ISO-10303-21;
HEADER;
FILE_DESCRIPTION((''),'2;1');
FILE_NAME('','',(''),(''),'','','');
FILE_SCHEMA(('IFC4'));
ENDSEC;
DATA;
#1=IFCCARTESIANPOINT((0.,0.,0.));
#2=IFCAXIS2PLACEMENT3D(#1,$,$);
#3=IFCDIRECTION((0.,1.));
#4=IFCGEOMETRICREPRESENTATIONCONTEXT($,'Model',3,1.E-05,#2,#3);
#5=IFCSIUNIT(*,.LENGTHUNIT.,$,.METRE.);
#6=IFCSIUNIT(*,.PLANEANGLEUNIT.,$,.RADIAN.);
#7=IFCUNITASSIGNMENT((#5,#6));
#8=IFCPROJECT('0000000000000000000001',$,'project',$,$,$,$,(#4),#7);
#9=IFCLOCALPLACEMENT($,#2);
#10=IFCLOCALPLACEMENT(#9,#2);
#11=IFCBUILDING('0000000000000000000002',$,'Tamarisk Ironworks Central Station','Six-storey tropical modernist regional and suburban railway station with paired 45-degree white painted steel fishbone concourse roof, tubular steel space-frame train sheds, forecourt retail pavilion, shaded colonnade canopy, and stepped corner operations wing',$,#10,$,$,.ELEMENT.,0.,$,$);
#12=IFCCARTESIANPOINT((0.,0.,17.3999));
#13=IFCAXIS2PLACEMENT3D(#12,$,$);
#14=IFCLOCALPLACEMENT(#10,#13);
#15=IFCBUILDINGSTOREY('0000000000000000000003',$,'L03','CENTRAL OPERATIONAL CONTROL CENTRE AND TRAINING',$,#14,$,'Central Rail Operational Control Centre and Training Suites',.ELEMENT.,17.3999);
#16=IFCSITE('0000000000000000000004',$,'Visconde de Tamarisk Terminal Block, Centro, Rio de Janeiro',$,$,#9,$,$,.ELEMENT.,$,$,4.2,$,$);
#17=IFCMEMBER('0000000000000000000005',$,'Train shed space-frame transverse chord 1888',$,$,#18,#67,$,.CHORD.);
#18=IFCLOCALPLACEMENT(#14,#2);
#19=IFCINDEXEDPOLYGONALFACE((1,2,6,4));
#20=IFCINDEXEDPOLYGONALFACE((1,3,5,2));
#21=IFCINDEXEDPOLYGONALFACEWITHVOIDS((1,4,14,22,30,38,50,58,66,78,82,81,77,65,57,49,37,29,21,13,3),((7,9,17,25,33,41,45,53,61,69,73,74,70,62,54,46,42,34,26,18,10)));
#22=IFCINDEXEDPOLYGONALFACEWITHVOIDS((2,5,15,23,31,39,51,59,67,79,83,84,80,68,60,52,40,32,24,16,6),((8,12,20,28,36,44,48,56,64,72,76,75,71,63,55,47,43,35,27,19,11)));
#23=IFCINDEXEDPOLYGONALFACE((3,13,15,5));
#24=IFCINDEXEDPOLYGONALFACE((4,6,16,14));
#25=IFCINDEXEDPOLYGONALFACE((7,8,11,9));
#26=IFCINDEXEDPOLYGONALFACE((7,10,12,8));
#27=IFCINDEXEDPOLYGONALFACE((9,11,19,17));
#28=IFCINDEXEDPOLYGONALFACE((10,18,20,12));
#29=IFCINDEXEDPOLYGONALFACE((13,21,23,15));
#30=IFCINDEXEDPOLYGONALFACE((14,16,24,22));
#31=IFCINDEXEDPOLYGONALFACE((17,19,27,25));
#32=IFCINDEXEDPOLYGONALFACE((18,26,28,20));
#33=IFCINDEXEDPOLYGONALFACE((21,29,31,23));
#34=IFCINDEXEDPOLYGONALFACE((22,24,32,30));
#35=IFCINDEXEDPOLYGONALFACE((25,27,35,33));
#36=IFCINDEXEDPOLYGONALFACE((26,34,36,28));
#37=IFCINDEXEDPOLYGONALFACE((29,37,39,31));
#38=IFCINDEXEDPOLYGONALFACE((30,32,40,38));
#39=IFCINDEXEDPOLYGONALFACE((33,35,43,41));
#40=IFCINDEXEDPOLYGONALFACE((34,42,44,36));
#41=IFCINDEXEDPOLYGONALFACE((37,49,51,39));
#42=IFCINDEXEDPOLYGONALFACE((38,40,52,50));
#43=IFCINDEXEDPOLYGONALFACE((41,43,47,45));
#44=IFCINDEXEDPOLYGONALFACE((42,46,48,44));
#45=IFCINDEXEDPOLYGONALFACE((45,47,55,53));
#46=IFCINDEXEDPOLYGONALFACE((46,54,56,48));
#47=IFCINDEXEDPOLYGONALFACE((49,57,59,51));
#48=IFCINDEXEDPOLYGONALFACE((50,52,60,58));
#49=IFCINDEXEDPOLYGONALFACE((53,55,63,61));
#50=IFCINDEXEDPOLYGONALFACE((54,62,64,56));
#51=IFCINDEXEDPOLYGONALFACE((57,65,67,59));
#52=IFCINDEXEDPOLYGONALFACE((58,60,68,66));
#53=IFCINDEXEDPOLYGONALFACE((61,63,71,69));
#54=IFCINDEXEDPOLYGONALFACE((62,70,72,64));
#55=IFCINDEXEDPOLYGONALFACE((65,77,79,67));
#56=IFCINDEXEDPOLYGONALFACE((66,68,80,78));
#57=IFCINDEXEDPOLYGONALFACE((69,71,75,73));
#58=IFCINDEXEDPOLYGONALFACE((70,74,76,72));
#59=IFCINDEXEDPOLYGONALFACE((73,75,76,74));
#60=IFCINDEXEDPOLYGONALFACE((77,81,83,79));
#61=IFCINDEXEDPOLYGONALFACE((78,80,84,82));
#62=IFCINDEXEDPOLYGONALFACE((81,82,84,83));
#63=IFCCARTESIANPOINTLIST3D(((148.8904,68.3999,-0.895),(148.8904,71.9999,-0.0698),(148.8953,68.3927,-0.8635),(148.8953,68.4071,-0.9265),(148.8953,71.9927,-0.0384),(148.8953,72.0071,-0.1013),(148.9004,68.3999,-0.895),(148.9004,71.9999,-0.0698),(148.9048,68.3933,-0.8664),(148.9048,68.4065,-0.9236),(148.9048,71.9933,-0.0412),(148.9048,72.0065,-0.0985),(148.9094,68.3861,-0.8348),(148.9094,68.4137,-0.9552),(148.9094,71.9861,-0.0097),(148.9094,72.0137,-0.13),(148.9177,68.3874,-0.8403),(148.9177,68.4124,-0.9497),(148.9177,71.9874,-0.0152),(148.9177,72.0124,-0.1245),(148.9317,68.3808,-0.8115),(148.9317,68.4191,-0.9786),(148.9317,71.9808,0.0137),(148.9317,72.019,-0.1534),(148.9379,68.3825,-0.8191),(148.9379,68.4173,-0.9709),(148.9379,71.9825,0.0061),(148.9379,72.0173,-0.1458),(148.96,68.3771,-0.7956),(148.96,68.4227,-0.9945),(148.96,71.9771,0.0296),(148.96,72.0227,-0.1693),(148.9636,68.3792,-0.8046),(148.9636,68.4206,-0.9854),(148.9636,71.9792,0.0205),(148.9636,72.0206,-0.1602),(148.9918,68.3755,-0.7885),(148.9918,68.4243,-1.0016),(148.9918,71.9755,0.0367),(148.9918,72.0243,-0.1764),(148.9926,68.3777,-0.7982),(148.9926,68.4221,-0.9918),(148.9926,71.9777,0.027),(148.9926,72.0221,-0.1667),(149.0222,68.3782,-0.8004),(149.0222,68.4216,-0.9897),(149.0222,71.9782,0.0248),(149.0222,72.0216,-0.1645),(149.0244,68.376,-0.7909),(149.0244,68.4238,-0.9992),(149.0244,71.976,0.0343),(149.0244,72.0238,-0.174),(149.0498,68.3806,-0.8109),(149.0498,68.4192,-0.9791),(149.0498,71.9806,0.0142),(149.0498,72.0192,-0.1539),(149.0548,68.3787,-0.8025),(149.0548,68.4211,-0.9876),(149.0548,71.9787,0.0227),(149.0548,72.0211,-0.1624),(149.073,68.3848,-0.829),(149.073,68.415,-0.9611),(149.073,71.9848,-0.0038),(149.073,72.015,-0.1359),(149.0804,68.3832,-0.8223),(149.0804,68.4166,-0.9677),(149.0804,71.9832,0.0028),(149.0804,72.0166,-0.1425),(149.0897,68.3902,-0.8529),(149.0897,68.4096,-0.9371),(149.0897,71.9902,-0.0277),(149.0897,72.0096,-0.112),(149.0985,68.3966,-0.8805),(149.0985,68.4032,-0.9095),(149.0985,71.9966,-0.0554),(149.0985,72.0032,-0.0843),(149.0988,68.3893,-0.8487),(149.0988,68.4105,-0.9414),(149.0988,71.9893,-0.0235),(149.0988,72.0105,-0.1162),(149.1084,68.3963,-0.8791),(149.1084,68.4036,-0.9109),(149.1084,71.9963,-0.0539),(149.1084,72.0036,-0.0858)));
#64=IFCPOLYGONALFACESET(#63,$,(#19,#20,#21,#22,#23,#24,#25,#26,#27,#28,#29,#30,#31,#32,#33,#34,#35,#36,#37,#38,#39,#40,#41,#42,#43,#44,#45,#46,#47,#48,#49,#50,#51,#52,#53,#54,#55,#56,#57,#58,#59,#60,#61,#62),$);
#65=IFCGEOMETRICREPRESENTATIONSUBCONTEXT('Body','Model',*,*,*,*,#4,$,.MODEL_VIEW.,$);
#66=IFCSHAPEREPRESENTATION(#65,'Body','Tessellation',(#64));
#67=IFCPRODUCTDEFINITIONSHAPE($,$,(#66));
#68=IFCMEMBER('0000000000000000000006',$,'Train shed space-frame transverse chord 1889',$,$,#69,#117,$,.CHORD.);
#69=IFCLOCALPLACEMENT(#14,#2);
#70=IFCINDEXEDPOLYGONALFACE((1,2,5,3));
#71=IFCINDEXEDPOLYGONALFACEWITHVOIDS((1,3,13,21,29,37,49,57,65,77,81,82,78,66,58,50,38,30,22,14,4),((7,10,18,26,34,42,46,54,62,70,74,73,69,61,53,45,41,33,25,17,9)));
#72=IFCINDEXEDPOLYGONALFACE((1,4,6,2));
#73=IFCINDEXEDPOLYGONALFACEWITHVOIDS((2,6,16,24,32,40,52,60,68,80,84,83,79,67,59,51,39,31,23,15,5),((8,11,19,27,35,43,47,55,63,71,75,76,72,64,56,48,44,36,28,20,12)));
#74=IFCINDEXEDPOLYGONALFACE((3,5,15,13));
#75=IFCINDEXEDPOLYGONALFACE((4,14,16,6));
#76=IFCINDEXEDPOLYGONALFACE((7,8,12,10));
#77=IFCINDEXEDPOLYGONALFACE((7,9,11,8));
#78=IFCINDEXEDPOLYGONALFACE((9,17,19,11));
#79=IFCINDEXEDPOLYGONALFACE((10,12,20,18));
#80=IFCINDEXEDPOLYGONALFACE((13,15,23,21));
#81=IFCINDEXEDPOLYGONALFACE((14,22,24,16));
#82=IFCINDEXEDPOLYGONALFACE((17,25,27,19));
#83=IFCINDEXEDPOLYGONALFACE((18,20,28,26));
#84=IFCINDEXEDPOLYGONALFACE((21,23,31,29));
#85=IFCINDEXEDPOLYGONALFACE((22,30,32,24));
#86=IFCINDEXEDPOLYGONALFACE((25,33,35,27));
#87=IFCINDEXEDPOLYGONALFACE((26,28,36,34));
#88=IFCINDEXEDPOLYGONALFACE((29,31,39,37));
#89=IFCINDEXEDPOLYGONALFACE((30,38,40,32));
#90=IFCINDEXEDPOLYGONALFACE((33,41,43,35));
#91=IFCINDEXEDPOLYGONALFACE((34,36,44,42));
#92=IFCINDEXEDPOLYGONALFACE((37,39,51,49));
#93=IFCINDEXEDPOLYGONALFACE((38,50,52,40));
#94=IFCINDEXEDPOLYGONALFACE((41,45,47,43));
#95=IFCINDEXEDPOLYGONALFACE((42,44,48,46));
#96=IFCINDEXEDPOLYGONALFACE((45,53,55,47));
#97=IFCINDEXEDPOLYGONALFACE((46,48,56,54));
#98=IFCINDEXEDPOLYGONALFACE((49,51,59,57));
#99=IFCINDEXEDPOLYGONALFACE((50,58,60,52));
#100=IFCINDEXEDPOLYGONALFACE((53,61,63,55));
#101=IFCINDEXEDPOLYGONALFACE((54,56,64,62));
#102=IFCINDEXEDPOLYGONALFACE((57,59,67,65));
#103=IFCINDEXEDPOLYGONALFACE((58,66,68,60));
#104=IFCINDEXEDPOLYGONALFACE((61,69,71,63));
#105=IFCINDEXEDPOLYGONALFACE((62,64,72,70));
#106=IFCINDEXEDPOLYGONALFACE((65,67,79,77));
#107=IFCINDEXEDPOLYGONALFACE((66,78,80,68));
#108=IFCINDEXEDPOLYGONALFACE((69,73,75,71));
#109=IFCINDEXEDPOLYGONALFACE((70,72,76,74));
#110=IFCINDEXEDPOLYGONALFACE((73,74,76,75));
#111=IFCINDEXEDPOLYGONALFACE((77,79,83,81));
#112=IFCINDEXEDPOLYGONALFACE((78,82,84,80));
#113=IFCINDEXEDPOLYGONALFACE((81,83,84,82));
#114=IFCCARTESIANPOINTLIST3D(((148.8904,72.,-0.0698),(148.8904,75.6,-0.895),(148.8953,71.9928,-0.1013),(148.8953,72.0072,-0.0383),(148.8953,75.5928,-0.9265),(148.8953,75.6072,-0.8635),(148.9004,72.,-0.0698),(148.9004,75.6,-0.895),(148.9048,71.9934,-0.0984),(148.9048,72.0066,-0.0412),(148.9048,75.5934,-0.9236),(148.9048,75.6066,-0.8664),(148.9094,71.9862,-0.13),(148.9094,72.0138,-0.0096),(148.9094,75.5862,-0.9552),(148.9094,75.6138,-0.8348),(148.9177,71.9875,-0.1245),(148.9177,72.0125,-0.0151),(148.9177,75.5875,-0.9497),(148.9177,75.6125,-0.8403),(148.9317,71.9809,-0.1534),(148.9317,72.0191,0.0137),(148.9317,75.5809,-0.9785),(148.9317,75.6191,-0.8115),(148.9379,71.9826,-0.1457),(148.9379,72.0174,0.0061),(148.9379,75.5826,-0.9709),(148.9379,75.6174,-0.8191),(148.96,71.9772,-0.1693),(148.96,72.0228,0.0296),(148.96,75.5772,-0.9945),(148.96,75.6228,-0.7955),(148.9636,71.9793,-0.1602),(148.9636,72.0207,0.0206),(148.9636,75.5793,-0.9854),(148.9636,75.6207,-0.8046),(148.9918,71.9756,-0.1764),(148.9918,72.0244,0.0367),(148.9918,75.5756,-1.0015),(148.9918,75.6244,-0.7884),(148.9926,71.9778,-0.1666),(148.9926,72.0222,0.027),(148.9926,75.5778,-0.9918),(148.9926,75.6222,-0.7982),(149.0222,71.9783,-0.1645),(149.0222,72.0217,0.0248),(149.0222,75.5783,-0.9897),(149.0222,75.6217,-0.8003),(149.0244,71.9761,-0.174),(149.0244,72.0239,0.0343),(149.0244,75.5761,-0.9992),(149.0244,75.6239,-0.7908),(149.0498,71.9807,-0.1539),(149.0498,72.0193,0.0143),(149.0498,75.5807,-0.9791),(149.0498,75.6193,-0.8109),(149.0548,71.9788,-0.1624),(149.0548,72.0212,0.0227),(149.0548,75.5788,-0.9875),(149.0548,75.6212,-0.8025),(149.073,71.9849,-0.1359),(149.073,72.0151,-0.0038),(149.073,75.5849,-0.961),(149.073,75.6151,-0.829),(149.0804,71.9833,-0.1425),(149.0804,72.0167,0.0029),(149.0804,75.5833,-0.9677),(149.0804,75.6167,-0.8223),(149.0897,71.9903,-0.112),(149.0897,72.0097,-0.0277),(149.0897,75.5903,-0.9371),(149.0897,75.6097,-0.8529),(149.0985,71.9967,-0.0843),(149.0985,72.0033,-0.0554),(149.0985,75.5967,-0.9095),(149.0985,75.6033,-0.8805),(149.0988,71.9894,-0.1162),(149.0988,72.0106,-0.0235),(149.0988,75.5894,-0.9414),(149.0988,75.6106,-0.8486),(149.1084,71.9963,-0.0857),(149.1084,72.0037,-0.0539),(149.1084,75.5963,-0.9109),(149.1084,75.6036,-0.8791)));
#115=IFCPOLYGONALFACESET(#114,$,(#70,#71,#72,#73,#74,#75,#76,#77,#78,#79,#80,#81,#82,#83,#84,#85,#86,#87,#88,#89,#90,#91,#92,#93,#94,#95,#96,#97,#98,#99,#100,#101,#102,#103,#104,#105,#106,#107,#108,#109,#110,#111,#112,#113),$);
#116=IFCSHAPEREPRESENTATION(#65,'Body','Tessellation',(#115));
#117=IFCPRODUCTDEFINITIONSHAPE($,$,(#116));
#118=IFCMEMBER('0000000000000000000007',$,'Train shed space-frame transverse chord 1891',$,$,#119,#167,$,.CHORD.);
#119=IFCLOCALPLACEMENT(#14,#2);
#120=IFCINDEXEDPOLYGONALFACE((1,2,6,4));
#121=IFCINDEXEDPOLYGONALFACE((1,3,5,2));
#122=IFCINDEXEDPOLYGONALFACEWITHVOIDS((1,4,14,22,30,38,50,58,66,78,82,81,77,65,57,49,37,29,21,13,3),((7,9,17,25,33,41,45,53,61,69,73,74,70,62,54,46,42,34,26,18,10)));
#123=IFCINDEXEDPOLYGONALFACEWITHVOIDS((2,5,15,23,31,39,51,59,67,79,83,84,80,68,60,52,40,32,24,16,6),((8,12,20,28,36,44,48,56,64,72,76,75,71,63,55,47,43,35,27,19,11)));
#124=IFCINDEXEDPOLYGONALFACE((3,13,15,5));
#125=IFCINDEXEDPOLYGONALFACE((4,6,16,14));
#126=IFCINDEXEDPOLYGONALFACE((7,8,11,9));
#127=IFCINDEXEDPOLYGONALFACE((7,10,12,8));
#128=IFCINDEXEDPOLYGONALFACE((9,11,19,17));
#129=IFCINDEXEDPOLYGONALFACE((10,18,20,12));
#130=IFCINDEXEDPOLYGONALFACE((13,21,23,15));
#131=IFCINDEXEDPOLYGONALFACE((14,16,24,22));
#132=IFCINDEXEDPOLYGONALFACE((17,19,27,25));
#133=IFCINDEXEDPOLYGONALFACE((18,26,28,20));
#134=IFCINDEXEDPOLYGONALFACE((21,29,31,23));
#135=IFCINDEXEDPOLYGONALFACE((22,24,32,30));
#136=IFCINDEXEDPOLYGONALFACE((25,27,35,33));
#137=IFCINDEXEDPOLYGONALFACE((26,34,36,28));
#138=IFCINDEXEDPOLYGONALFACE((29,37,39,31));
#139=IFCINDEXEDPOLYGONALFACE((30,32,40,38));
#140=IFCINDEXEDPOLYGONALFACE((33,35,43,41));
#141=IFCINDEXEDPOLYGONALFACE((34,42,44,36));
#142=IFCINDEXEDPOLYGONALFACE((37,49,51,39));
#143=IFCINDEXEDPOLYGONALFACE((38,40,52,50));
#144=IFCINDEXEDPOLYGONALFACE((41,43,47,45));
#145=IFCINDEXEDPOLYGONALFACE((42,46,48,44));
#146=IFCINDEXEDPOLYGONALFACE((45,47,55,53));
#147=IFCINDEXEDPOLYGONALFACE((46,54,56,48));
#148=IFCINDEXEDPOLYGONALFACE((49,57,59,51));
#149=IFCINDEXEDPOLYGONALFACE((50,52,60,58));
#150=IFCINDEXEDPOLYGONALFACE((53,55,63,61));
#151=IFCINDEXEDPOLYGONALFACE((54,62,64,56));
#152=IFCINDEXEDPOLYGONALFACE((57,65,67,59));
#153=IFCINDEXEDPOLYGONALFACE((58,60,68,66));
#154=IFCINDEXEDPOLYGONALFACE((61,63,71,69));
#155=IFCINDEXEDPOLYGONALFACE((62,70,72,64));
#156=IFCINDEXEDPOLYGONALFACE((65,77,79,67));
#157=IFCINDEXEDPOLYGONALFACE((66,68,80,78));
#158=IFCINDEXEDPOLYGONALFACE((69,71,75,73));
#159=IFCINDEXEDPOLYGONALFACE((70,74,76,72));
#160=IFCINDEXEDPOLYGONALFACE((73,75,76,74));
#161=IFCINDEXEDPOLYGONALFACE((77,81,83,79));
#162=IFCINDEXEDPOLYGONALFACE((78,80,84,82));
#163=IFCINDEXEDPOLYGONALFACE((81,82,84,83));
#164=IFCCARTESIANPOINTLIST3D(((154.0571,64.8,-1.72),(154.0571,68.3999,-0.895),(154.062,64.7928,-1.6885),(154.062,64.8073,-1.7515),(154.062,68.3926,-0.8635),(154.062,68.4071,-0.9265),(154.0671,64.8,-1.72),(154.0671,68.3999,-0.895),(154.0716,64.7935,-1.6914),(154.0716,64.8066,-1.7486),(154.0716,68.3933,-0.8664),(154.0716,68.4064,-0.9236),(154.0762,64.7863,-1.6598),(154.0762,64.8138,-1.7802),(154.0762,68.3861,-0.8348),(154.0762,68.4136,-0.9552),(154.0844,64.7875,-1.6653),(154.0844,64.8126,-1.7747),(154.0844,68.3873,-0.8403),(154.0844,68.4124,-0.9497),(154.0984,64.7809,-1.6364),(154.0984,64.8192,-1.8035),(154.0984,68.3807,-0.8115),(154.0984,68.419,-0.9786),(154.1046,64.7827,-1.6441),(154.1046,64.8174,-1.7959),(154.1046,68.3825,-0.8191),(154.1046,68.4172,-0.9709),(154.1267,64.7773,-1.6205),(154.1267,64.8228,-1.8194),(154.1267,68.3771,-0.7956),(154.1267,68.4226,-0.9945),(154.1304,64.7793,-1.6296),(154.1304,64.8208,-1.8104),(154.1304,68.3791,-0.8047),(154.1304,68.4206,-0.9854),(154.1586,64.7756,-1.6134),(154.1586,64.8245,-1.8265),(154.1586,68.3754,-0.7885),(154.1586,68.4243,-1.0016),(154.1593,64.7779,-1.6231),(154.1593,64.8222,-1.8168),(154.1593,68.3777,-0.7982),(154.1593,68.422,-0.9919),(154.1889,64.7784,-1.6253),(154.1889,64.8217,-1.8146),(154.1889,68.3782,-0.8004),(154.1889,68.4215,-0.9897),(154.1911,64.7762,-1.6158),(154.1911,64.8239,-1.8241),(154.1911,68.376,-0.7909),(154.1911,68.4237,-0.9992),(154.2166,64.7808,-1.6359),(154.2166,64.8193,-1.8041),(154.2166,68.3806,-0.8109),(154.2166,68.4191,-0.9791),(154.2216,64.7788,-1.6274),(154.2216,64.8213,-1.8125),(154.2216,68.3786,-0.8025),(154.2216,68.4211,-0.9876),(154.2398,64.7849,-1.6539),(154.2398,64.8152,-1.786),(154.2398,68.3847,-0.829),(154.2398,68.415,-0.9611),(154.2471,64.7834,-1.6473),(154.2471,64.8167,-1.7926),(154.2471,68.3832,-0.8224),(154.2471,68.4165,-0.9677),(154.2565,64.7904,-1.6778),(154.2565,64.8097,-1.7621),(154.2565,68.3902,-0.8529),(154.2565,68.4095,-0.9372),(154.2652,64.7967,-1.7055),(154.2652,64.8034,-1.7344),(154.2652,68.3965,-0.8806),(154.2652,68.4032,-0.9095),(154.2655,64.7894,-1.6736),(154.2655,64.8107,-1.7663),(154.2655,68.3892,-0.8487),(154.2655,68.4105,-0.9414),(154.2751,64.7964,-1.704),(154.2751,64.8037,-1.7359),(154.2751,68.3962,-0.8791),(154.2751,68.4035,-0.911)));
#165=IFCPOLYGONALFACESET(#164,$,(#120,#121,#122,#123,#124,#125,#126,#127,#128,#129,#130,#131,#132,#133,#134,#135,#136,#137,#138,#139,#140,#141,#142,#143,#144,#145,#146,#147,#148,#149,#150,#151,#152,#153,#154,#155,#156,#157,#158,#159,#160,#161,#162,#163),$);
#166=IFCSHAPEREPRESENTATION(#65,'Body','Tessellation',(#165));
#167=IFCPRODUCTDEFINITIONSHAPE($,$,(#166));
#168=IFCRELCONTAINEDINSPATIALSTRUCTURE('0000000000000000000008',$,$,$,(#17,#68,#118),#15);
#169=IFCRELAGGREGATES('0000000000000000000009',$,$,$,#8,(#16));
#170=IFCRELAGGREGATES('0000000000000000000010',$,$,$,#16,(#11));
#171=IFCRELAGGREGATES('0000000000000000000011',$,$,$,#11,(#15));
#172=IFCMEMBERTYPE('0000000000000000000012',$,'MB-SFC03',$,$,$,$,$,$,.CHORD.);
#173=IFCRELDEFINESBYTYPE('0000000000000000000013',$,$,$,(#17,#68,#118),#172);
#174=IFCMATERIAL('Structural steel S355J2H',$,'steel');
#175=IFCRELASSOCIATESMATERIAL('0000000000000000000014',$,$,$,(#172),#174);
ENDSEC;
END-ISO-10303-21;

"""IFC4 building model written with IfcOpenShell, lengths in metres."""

from ifc_helpers import new_model, si_unit, direction, frame, origin, origin_2d, place, context, subcontext, project, spatial, hollow_circle, extrude, material, material_profile, profile_set, type_object, element, save


model = new_model("IFC4")

# Units and contexts
model_context = context("Model", 3, precision=1e-05, world=origin(), true_north=direction((0.0, 1.0)))
body_context = subcontext(model_context, "Body", "Model", "MODEL_VIEW")
ifc_project = project(units=[si_unit("LENGTHUNIT", "METRE"), si_unit("PLANEANGLEUNIT", "RADIAN")], contexts=[model_context])

# Site, building, storey
site_placement = place(None, origin())
site = spatial("IfcSite", under=ifc_project, at=site_placement, Name="Visconde de Tamarisk Terminal Block, Centro, Rio de Janeiro", CompositionType="ELEMENT", RefElevation=4.2)
building_placement = place(site_placement, origin())
building = spatial("IfcBuilding", under=site, at=building_placement, Name="Tamarisk Ironworks Central Station", Description="Six-storey tropical modernist regional and suburban railway station with paired 45-degree white painted steel fishbone concourse roof, tubular steel space-frame train sheds, forecourt retail pavilion, shaded colonnade canopy, and stepped corner operations wing", CompositionType="ELEMENT", ElevationOfRefHeight=0.0)
storey_placement = place(building_placement, frame((0.0, 0.0, 17.3999)))
storey = spatial("IfcBuildingStorey", under=building, at=storey_placement, Name="L03", Description="CENTRAL OPERATIONAL CONTROL CENTRE AND TRAINING", LongName="Central Rail Operational Control Centre and Training Suites", CompositionType="ELEMENT", Elevation=17.3999)

# Members
ifc_material_1 = material(Name="Structural steel S355J2H", Category="steel")
ifc_material_profile_1 = material_profile(ifc_material_1, hollow_circle(Radius=0.1096, WallThickness=0.01, at=origin_2d()), Name="CHS 219.1x10")
ifc_profile_set_1 = profile_set([ifc_material_profile_1], Name="Structural steel S355J2H")
member_type_1 = type_object("IfcMemberType", Name="MB-SFC03", PredefinedType="CHORD", material=ifc_profile_set_1)
for number, where, z_axis, x_axis, name in (
    (1, (149.0, 68.3999, -0.895), (0.0, 0.974722, 0.223421), (-1.0, 0.0, 0.0), "Train shed space-frame transverse chord 1888"),
    (2, (149.0, 72.0, -0.0698), (0.0, 0.974722, -0.223421), (-1.0, 0.0, 0.0), "Train shed space-frame transverse chord 1889"),
):
    element("IfcMember", number, at=place(storey_placement, frame(where, z_axis=z_axis, x_axis=x_axis)), inside=storey, type_object=member_type_1, Name=name, PredefinedType="CHORD", context=body_context, shape_type="SweptSolid", body=[
        extrude(hollow_circle(Radius=0.1096, WallThickness=0.01, at=origin_2d()), origin(), (0.0, 0.0, 1.0), 3.6934),
    ])
member_1_placement = place(storey_placement, frame((154.1667, 64.8, -1.72), z_axis=(0.0, 0.974733, 0.223372), x_axis=(-1.0, 0.0, 0.0)))
element("IfcMember", 3, at=member_1_placement, inside=storey, type_object=member_type_1, Name="Train shed space-frame transverse chord 1891", PredefinedType="CHORD", context=body_context, shape_type="SweptSolid", body=[
    extrude(hollow_circle(Radius=0.1096, WallThickness=0.01, at=origin_2d()), origin(), (0.0, 0.0, 1.0), 3.6931),
])

save(model, "model.ifc")
